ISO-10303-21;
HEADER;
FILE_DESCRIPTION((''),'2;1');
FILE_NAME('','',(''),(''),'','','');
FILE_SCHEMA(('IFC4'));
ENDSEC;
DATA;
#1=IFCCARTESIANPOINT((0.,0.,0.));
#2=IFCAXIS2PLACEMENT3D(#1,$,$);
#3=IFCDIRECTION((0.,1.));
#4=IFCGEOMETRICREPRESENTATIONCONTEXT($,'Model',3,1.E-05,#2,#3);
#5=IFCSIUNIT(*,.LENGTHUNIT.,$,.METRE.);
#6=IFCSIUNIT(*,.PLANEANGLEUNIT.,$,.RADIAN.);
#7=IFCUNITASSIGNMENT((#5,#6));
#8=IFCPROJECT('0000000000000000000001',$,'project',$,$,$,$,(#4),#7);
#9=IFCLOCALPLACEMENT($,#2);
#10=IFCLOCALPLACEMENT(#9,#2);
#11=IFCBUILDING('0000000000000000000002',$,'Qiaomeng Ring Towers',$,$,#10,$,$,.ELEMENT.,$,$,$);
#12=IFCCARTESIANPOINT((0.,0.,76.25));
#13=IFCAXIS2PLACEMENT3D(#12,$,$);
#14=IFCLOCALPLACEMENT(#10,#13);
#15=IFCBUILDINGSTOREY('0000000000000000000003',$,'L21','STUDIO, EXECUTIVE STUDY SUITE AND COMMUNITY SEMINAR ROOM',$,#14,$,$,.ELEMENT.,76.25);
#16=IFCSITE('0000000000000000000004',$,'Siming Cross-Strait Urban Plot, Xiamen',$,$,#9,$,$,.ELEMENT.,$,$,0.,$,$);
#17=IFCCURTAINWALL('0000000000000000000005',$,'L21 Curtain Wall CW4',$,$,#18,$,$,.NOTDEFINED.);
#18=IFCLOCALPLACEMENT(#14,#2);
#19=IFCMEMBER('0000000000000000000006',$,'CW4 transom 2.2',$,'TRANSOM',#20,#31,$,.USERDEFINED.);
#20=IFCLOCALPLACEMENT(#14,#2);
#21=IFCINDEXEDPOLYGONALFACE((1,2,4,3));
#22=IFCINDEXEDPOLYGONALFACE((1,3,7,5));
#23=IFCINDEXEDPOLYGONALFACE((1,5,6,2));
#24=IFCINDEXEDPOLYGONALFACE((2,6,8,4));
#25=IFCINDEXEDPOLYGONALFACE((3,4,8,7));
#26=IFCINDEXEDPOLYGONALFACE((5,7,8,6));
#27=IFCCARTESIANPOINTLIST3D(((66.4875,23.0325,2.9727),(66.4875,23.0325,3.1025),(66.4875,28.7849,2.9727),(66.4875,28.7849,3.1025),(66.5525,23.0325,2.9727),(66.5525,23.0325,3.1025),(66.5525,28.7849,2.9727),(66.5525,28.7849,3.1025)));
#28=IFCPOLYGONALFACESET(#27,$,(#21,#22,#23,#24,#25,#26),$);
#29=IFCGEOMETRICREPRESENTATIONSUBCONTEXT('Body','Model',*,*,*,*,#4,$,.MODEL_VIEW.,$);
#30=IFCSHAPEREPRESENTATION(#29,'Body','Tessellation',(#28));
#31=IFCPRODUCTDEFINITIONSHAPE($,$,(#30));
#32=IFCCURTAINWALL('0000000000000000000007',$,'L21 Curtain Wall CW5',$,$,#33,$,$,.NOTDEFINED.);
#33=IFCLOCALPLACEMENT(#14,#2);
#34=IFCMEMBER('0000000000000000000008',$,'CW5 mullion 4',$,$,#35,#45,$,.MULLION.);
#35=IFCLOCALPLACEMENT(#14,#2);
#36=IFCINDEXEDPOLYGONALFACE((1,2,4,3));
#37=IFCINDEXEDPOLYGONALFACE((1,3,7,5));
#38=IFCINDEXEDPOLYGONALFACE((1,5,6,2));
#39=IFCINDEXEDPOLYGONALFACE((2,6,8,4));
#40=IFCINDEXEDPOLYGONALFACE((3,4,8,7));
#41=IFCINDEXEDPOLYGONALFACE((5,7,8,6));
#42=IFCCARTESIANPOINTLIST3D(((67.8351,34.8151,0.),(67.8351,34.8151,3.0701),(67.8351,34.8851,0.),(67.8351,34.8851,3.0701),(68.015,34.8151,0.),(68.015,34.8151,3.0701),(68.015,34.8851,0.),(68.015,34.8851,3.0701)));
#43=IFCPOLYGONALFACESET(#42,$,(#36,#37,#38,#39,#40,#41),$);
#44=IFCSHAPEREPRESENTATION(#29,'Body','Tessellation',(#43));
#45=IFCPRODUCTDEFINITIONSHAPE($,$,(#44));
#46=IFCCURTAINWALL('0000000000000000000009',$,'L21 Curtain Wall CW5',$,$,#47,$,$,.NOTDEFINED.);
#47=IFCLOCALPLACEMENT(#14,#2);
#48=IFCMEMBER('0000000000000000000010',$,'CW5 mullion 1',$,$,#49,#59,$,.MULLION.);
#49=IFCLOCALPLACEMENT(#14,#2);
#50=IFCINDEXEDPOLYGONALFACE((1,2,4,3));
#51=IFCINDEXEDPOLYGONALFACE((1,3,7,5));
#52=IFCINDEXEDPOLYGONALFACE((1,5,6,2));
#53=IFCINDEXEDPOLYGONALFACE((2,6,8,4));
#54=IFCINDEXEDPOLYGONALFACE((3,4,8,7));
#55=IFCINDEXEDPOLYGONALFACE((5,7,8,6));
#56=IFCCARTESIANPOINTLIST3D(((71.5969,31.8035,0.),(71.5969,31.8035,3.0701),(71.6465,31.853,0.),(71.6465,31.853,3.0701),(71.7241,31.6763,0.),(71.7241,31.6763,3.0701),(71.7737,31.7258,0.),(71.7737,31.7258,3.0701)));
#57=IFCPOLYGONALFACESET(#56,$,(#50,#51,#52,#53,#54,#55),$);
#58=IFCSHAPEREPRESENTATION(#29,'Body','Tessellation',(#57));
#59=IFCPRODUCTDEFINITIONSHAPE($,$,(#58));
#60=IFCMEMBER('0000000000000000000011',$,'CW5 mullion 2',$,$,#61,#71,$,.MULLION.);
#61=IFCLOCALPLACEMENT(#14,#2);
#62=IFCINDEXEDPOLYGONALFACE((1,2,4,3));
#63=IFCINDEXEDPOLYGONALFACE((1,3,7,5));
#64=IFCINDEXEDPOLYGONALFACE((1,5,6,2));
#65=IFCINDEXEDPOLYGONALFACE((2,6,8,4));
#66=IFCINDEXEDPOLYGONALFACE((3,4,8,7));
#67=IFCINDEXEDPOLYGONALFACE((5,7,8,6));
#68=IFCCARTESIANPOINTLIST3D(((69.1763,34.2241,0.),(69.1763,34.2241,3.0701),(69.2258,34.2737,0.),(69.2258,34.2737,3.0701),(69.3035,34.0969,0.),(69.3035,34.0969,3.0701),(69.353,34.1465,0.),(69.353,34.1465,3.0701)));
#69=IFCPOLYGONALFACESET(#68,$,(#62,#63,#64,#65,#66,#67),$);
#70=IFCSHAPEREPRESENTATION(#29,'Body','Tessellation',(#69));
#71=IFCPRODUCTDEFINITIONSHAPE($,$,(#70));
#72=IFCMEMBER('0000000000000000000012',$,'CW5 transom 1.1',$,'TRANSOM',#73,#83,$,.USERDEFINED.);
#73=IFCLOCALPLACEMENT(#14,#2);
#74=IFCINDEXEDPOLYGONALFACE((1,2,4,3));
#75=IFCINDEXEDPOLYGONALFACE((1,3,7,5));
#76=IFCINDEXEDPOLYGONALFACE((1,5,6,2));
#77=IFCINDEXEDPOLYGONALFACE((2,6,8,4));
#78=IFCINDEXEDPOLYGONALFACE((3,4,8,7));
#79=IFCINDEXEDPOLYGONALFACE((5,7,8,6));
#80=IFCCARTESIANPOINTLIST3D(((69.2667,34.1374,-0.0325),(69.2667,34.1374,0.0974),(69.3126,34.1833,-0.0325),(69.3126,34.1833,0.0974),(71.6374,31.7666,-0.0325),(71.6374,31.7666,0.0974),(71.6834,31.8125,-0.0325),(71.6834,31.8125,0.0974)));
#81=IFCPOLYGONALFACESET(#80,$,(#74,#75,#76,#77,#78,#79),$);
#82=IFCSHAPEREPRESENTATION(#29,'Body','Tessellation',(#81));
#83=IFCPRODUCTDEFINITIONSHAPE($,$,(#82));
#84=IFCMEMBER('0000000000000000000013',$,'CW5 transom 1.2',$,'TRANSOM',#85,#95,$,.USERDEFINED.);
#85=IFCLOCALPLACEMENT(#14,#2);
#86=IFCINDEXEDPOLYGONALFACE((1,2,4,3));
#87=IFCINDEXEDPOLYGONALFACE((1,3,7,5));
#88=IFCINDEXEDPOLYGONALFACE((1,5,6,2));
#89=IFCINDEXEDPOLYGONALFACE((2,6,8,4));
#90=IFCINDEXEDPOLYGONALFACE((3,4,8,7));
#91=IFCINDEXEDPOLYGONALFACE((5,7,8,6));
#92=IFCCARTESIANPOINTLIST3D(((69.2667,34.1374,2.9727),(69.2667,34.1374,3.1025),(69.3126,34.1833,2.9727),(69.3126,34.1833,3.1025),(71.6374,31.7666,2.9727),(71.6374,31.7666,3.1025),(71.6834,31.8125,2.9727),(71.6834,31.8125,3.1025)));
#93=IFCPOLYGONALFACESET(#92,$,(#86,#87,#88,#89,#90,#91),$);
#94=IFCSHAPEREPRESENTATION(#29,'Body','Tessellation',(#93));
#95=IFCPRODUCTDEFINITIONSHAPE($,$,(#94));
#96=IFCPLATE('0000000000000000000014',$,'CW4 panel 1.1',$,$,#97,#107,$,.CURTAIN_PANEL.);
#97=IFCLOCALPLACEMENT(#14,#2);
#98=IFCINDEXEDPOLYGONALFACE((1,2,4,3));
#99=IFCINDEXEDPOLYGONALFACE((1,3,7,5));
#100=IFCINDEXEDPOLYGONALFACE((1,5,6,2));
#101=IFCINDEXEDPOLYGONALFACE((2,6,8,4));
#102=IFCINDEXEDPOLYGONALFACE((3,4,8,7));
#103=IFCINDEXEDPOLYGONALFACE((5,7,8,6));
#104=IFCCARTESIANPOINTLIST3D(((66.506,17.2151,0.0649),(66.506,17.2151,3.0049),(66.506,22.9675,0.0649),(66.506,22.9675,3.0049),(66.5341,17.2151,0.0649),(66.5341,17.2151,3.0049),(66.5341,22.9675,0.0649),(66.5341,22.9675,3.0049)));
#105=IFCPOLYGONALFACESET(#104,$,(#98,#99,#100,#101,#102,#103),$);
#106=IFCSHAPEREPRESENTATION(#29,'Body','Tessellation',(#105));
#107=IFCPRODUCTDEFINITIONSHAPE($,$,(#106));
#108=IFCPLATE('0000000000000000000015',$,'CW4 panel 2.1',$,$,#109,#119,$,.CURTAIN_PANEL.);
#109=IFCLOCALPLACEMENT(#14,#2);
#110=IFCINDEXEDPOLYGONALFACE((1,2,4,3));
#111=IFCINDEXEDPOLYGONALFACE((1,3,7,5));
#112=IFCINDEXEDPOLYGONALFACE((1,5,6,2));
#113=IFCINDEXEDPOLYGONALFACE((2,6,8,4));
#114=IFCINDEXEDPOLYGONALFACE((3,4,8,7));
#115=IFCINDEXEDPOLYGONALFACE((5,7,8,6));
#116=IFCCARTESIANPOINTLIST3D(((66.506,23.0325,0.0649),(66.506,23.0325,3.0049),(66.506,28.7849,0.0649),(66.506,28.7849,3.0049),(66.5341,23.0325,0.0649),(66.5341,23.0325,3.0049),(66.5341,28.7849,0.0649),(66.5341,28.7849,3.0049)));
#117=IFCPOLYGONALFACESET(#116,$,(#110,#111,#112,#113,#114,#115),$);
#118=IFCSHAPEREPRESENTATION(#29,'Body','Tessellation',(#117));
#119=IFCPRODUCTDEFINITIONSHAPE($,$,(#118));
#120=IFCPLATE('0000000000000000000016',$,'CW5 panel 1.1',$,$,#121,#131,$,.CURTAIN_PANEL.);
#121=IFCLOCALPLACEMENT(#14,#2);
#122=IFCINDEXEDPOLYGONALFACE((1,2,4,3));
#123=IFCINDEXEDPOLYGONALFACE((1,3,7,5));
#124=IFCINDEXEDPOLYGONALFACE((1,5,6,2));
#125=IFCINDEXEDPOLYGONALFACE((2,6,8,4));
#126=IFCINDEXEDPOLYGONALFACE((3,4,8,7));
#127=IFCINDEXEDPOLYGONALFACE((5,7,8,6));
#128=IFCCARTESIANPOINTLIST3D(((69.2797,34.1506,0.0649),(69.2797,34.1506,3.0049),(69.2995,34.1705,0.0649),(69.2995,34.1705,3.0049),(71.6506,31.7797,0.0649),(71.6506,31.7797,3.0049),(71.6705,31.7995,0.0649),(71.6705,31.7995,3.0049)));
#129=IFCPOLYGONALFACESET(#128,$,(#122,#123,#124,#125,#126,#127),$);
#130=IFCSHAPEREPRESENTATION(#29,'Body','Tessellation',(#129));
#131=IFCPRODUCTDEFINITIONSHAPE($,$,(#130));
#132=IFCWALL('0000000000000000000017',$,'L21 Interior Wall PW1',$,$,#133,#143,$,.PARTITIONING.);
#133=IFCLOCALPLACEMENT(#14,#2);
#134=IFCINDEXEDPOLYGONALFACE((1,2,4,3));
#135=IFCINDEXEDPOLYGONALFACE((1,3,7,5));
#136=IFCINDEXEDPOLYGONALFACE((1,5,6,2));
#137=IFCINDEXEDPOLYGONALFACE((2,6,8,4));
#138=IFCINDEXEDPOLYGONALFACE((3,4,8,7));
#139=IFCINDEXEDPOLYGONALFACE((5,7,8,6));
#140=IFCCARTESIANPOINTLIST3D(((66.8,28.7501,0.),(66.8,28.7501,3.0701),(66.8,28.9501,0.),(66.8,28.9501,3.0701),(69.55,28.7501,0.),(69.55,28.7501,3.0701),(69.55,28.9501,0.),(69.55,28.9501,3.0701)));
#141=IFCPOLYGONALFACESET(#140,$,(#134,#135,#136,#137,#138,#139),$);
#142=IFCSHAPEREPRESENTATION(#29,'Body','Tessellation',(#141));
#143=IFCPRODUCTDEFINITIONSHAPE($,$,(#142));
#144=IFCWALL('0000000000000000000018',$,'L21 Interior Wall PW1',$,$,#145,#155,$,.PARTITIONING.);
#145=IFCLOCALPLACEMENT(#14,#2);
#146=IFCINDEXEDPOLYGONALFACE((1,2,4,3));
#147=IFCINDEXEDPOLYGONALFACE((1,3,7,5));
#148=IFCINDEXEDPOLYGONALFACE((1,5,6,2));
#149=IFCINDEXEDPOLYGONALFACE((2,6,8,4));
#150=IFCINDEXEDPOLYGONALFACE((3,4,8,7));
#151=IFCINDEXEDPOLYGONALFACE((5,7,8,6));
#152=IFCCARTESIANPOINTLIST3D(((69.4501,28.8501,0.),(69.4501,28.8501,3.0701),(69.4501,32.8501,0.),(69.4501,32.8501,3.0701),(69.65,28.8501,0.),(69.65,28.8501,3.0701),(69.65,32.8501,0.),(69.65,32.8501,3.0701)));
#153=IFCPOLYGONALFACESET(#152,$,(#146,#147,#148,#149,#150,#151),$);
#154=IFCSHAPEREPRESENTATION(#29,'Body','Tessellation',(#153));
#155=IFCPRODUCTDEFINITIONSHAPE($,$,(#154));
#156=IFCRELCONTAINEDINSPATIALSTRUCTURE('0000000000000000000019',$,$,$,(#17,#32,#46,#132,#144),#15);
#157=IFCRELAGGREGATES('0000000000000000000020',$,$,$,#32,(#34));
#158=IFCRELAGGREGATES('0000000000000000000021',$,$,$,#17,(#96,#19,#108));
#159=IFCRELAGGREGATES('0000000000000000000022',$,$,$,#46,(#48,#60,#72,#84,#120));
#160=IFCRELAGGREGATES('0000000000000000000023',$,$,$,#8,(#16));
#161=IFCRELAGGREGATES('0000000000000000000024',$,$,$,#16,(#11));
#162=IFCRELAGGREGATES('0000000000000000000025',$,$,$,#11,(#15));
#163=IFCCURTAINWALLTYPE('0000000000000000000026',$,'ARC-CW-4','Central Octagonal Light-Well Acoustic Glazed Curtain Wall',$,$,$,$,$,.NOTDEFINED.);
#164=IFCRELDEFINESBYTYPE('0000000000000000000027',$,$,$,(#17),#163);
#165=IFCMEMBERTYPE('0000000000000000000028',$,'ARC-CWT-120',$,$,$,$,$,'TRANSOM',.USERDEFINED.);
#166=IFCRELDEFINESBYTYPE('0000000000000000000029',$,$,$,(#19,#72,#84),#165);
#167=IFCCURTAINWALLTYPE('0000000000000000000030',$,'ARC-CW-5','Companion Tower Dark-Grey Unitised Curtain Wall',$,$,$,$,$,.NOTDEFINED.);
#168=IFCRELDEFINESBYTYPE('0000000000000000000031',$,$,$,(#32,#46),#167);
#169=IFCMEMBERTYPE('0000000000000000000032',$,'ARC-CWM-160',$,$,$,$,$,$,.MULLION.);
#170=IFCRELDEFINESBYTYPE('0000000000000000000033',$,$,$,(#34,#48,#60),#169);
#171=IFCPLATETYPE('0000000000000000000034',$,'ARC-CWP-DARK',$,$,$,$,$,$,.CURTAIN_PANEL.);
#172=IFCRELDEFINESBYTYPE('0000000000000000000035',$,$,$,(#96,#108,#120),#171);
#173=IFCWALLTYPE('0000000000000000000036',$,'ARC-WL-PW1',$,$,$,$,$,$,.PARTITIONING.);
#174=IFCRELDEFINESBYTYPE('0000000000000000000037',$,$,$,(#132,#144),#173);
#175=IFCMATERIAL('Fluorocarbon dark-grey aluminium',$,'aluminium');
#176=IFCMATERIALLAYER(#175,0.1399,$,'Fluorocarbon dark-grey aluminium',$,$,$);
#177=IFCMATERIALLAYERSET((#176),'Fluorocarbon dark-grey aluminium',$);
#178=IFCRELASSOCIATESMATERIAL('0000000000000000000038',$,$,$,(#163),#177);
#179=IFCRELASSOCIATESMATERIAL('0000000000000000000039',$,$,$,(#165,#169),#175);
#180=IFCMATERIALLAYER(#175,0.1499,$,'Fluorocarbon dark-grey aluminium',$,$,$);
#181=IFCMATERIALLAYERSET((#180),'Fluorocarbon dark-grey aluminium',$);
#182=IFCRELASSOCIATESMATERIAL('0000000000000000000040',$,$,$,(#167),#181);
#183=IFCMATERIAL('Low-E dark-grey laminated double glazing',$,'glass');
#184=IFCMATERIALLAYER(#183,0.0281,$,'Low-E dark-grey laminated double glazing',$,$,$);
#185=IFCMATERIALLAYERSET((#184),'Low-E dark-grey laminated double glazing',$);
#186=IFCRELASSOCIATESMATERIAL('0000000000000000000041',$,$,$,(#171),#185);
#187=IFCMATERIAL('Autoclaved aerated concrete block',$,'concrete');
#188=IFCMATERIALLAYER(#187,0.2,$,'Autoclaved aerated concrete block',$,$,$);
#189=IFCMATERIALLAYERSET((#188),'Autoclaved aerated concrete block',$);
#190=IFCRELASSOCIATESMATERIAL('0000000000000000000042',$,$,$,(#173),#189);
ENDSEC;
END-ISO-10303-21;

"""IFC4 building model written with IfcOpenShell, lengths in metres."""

from ifc_helpers import new_model, si_unit, direction, frame, frame_2d, origin, origin_2d, place, context, subcontext, project, spatial, rectangle, extrude, source, transform, mapped, material, layer, layer_set, material_profile, profile_set, type_object, element, aggregate, save


model = new_model("IFC4")

# Units and contexts
model_context = context("Model", 3, precision=1e-05, world=origin(), true_north=direction((0.0, 1.0)))
body_context = subcontext(model_context, "Body", "Model", "MODEL_VIEW")
ifc_project = project(units=[si_unit("LENGTHUNIT", "METRE"), si_unit("PLANEANGLEUNIT", "RADIAN")], contexts=[model_context])

# Site, building, storey
site_placement = place(None, origin())
site = spatial("IfcSite", under=ifc_project, at=site_placement, Name="Siming Cross-Strait Urban Plot, Xiamen", CompositionType="ELEMENT", RefElevation=0.0)
building_placement = place(site_placement, origin())
building = spatial("IfcBuilding", under=site, at=building_placement, Name="Qiaomeng Ring Towers", CompositionType="ELEMENT")
storey_placement = place(building_placement, frame((0.0, 0.0, 76.25)))
storey = spatial("IfcBuildingStorey", under=building, at=storey_placement, Name="L21", Description="STUDIO, EXECUTIVE STUDY SUITE AND COMMUNITY SEMINAR ROOM", CompositionType="ELEMENT", Elevation=76.25)

# Curtain wall, member
ifc_material_1 = material(Name="Fluorocarbon dark-grey aluminium", Category="aluminium")
ifc_layer_1 = layer(ifc_material_1, 0.1399, Name="Fluorocarbon dark-grey aluminium")
ifc_layer_set_1 = layer_set([ifc_layer_1], Name="Fluorocarbon dark-grey aluminium")
curtain_wall_type_1 = type_object("IfcCurtainWallType", Name="ARC-CW-4", Description="Central Octagonal Light-Well Acoustic Glazed Curtain Wall", PredefinedType="NOTDEFINED", material=ifc_layer_set_1)
curtain_wall_1_placement = place(storey_placement, origin())
curtain_wall_1 = element("IfcCurtainWall", 1, at=curtain_wall_1_placement, inside=storey, type_object=curtain_wall_type_1, Name="L21 Curtain Wall CW4", PredefinedType="NOTDEFINED")
ifc_material_profile_1 = material_profile(ifc_material_1, rectangle(XDim=0.0649, YDim=0.1299, at=origin_2d()), Name="ALU TRAN 65x130")
ifc_profile_set_1 = profile_set([ifc_material_profile_1], Name="Fluorocarbon dark-grey aluminium")
member_type_1 = type_object("IfcMemberType", Name="ARC-CWT-120", ElementType="TRANSOM", PredefinedType="USERDEFINED", material=ifc_profile_set_1)
shared_shape_1 = source(origin(), body_context, "Body", "SweptSolid", [
    extrude(rectangle(XDim=0.0649, YDim=0.1299, at=origin_2d()), origin(), (0.0, 0.0, 1.0), 5.7524),
])
member_1_placement = place(storey_placement, frame((66.52, 23.0325, 3.0376), z_axis=(0.0, 1.0, 0.0), x_axis=(-1.0, 0.0, 0.0)))
member_1 = element("IfcMember", 2, at=member_1_placement, type_object=member_type_1, Name="CW4 transom 2.2", ObjectType="TRANSOM", PredefinedType="USERDEFINED", context=body_context, shape_type="MappedRepresentation", body=[
    mapped(shared_shape_1, transform((0.0, 0.0, 0.0), x_axis=(1.0, 0.0, 0.0), y_axis=(0.0, 1.0, 0.0), z_axis=(0.0, 0.0, 1.0), scale=1.0)),
])

# Curtain wall, member
ifc_layer_2 = layer(ifc_material_1, 0.1499, Name="Fluorocarbon dark-grey aluminium")
ifc_layer_set_2 = layer_set([ifc_layer_2], Name="Fluorocarbon dark-grey aluminium")
curtain_wall_type_2 = type_object("IfcCurtainWallType", Name="ARC-CW-5", Description="Companion Tower Dark-Grey Unitised Curtain Wall", PredefinedType="NOTDEFINED", material=ifc_layer_set_2)
curtain_wall_2_placement = place(storey_placement, origin())
curtain_wall_2 = element("IfcCurtainWall", 3, at=curtain_wall_2_placement, inside=storey, type_object=curtain_wall_type_2, Name="L21 Curtain Wall CW5", PredefinedType="NOTDEFINED")
ifc_material_profile_2 = material_profile(ifc_material_1, rectangle(XDim=0.0701, YDim=0.1799, at=origin_2d()), Name="ALU MULL 70x180")
ifc_profile_set_2 = profile_set([ifc_material_profile_2], Name="Fluorocarbon dark-grey aluminium")
member_type_2 = type_object("IfcMemberType", Name="ARC-CWM-160", PredefinedType="MULLION", material=ifc_profile_set_2)
shared_shape_2 = source(origin(), body_context, "Body", "SweptSolid", [
    extrude(rectangle(XDim=0.0701, YDim=0.1799, at=origin_2d()), origin(), (0.0, 0.0, 1.0), 3.0701),
])
member_2_placement = place(storey_placement, frame((67.925, 34.8501, 0.0), z_axis=(0.0, 0.0, 1.0), x_axis=(0.0, 1.0, 0.0)))
member_2 = element("IfcMember", 4, at=member_2_placement, type_object=member_type_2, Name="CW5 mullion 4", PredefinedType="MULLION", context=body_context, shape_type="MappedRepresentation", body=[
    mapped(shared_shape_2, transform((0.0, 0.0, 0.0), x_axis=(1.0, 0.0, 0.0), y_axis=(0.0, 1.0, 0.0), z_axis=(0.0, 0.0, 1.0), scale=1.0)),
])
aggregate(curtain_wall_2, [member_2])

# Curtain wall, members
curtain_wall_3_placement = place(storey_placement, origin())
curtain_wall_3 = element("IfcCurtainWall", 5, at=curtain_wall_3_placement, inside=storey, type_object=curtain_wall_type_2, Name="L21 Curtain Wall CW5", PredefinedType="NOTDEFINED")
member_3_placement = place(storey_placement, frame((71.6853, 31.7646, 0.0), z_axis=(0.0, 0.0, 1.0), x_axis=(-0.707107, -0.707107, 0.0)))
member_3 = element("IfcMember", 6, at=member_3_placement, type_object=member_type_2, Name="CW5 mullion 1", PredefinedType="MULLION", context=body_context, shape_type="MappedRepresentation", body=[
    mapped(shared_shape_2, transform((0.0, 0.0, 0.0), x_axis=(1.0, 0.0, 0.0), y_axis=(0.0, 1.0, 0.0), z_axis=(0.0, 0.0, 1.0), scale=1.0)),
])
member_4_placement = place(storey_placement, frame((69.2646, 34.1853, 0.0), z_axis=(0.0, 0.0, 1.0), x_axis=(-0.707107, -0.707107, 0.0)))
member_4 = element("IfcMember", 7, at=member_4_placement, type_object=member_type_2, Name="CW5 mullion 2", PredefinedType="MULLION", context=body_context, shape_type="MappedRepresentation", body=[
    mapped(shared_shape_2, transform((0.0, 0.0, 0.0), x_axis=(1.0, 0.0, 0.0), y_axis=(0.0, 1.0, 0.0), z_axis=(0.0, 0.0, 1.0), scale=1.0)),
])
shared_shape_3 = source(origin(), body_context, "Body", "SweptSolid", [
    extrude(rectangle(XDim=0.0649, YDim=0.1299, at=origin_2d()), origin(), (0.0, 0.0, 1.0), 3.3528),
])
member_5_placement = place(storey_placement, frame((71.6604, 31.7896, 0.0325), z_axis=(-0.707107, 0.707107, 0.0), x_axis=(-0.707107, -0.707107, 0.0)))
member_5 = element("IfcMember", 8, at=member_5_placement, type_object=member_type_1, Name="CW5 transom 1.1", ObjectType="TRANSOM", PredefinedType="USERDEFINED", context=body_context, shape_type="MappedRepresentation", body=[
    mapped(shared_shape_3, transform((0.0, 0.0, 0.0), x_axis=(1.0, 0.0, 0.0), y_axis=(0.0, 1.0, 0.0), z_axis=(0.0, 0.0, 1.0), scale=1.0)),
])
member_6_placement = place(storey_placement, frame((71.6604, 31.7896, 3.0376), z_axis=(-0.707107, 0.707107, 0.0), x_axis=(-0.707107, -0.707107, 0.0)))
member_6 = element("IfcMember", 9, at=member_6_placement, type_object=member_type_1, Name="CW5 transom 1.2", ObjectType="TRANSOM", PredefinedType="USERDEFINED", context=body_context, shape_type="MappedRepresentation", body=[
    mapped(shared_shape_3, transform((0.0, 0.0, 0.0), x_axis=(1.0, 0.0, 0.0), y_axis=(0.0, 1.0, 0.0), z_axis=(0.0, 0.0, 1.0), scale=1.0)),
])

# Plates
ifc_material_2 = material(Name="Low-E dark-grey laminated double glazing", Category="glass")
ifc_layer_3 = layer(ifc_material_2, 0.0281, Name="Low-E dark-grey laminated double glazing")
ifc_layer_set_3 = layer_set([ifc_layer_3], Name="Low-E dark-grey laminated double glazing")
plate_type = type_object("IfcPlateType", Name="ARC-CWP-DARK", PredefinedType="CURTAIN_PANEL", material=ifc_layer_set_3)
shared_shape_4 = source(origin(), body_context, "Body", "SweptSolid", [
    extrude(rectangle(XDim=5.7524, YDim=0.0281, at=origin_2d()), origin(), (0.0, 0.0, 1.0), 2.9399),
])
plate_1_placement = place(storey_placement, frame((66.52, 20.0913, 0.0649), z_axis=(0.0, 0.0, 1.0), x_axis=(0.0, 1.0, 0.0)))
plate_1 = element("IfcPlate", 10, at=plate_1_placement, type_object=plate_type, Name="CW4 panel 1.1", PredefinedType="CURTAIN_PANEL", context=body_context, shape_type="MappedRepresentation", body=[
    mapped(shared_shape_4, transform((0.0, 0.0, 0.0), x_axis=(1.0, 0.0, 0.0), y_axis=(0.0, 1.0, 0.0), z_axis=(0.0, 0.0, 1.0), scale=1.0)),
])
plate_2_placement = place(storey_placement, frame((66.52, 25.9087, 0.0649), z_axis=(0.0, 0.0, 1.0), x_axis=(0.0, 1.0, 0.0)))
plate_2 = element("IfcPlate", 11, at=plate_2_placement, type_object=plate_type, Name="CW4 panel 2.1", PredefinedType="CURTAIN_PANEL", context=body_context, shape_type="MappedRepresentation", body=[
    mapped(shared_shape_4, transform((0.0, 0.0, 0.0), x_axis=(1.0, 0.0, 0.0), y_axis=(0.0, 1.0, 0.0), z_axis=(0.0, 0.0, 1.0), scale=1.0)),
])
aggregate(curtain_wall_1, [plate_1, member_1, plate_2])
shared_shape_5 = source(origin(), body_context, "Body", "SweptSolid", [
    extrude(rectangle(XDim=3.353, YDim=0.0281, at=origin_2d()), origin(), (0.0, 0.0, 1.0), 2.9399),
])
plate_3_placement = place(storey_placement, frame((70.4751, 32.9751, 0.0649), z_axis=(0.0, 0.0, 1.0), x_axis=(-0.707107, 0.707107, 0.0)))
plate_3 = element("IfcPlate", 12, at=plate_3_placement, type_object=plate_type, Name="CW5 panel 1.1", PredefinedType="CURTAIN_PANEL", context=body_context, shape_type="MappedRepresentation", body=[
    mapped(shared_shape_5, transform((0.0, 0.0, 0.0), x_axis=(1.0, 0.0, 0.0), y_axis=(0.0, 1.0, 0.0), z_axis=(0.0, 0.0, 1.0), scale=1.0)),
])
aggregate(curtain_wall_3, [member_3, member_4, member_5, member_6, plate_3])

# Walls
ifc_material_3 = material(Name="Autoclaved aerated concrete block", Category="concrete")
ifc_layer_4 = layer(ifc_material_3, 0.2, Name="Autoclaved aerated concrete block")
ifc_layer_set_4 = layer_set([ifc_layer_4], Name="Autoclaved aerated concrete block")
wall_type_1 = type_object("IfcWallType", Name="ARC-WL-PW1", PredefinedType="PARTITIONING", material=ifc_layer_set_4)
wall_1_placement = place(storey_placement, frame((66.8, 28.8501, 0.0), z_axis=(0.0, 0.0, 1.0), x_axis=(1.0, 0.0, 0.0)))
element("IfcWall", 13, at=wall_1_placement, inside=storey, type_object=wall_type_1, Name="L21 Interior Wall PW1", PredefinedType="PARTITIONING", context=body_context, shape_type="SweptSolid", body=[
    extrude(rectangle(XDim=2.75, YDim=0.2, at=frame_2d((1.375, 0.0))), origin(), (0.0, 0.0, 1.0), 3.0701),
])
wall_2_placement = place(storey_placement, frame((69.55, 28.8501, 0.0), z_axis=(0.0, 0.0, 1.0), x_axis=(0.0, 1.0, 0.0)))
element("IfcWall", 14, at=wall_2_placement, inside=storey, type_object=wall_type_1, Name="L21 Interior Wall PW1", PredefinedType="PARTITIONING", context=body_context, shape_type="SweptSolid", body=[
    extrude(rectangle(XDim=4.0, YDim=0.2, at=frame_2d((2.0, 0.0))), origin(), (0.0, 0.0, 1.0), 3.0701),
])

save(model, "model.ifc")
